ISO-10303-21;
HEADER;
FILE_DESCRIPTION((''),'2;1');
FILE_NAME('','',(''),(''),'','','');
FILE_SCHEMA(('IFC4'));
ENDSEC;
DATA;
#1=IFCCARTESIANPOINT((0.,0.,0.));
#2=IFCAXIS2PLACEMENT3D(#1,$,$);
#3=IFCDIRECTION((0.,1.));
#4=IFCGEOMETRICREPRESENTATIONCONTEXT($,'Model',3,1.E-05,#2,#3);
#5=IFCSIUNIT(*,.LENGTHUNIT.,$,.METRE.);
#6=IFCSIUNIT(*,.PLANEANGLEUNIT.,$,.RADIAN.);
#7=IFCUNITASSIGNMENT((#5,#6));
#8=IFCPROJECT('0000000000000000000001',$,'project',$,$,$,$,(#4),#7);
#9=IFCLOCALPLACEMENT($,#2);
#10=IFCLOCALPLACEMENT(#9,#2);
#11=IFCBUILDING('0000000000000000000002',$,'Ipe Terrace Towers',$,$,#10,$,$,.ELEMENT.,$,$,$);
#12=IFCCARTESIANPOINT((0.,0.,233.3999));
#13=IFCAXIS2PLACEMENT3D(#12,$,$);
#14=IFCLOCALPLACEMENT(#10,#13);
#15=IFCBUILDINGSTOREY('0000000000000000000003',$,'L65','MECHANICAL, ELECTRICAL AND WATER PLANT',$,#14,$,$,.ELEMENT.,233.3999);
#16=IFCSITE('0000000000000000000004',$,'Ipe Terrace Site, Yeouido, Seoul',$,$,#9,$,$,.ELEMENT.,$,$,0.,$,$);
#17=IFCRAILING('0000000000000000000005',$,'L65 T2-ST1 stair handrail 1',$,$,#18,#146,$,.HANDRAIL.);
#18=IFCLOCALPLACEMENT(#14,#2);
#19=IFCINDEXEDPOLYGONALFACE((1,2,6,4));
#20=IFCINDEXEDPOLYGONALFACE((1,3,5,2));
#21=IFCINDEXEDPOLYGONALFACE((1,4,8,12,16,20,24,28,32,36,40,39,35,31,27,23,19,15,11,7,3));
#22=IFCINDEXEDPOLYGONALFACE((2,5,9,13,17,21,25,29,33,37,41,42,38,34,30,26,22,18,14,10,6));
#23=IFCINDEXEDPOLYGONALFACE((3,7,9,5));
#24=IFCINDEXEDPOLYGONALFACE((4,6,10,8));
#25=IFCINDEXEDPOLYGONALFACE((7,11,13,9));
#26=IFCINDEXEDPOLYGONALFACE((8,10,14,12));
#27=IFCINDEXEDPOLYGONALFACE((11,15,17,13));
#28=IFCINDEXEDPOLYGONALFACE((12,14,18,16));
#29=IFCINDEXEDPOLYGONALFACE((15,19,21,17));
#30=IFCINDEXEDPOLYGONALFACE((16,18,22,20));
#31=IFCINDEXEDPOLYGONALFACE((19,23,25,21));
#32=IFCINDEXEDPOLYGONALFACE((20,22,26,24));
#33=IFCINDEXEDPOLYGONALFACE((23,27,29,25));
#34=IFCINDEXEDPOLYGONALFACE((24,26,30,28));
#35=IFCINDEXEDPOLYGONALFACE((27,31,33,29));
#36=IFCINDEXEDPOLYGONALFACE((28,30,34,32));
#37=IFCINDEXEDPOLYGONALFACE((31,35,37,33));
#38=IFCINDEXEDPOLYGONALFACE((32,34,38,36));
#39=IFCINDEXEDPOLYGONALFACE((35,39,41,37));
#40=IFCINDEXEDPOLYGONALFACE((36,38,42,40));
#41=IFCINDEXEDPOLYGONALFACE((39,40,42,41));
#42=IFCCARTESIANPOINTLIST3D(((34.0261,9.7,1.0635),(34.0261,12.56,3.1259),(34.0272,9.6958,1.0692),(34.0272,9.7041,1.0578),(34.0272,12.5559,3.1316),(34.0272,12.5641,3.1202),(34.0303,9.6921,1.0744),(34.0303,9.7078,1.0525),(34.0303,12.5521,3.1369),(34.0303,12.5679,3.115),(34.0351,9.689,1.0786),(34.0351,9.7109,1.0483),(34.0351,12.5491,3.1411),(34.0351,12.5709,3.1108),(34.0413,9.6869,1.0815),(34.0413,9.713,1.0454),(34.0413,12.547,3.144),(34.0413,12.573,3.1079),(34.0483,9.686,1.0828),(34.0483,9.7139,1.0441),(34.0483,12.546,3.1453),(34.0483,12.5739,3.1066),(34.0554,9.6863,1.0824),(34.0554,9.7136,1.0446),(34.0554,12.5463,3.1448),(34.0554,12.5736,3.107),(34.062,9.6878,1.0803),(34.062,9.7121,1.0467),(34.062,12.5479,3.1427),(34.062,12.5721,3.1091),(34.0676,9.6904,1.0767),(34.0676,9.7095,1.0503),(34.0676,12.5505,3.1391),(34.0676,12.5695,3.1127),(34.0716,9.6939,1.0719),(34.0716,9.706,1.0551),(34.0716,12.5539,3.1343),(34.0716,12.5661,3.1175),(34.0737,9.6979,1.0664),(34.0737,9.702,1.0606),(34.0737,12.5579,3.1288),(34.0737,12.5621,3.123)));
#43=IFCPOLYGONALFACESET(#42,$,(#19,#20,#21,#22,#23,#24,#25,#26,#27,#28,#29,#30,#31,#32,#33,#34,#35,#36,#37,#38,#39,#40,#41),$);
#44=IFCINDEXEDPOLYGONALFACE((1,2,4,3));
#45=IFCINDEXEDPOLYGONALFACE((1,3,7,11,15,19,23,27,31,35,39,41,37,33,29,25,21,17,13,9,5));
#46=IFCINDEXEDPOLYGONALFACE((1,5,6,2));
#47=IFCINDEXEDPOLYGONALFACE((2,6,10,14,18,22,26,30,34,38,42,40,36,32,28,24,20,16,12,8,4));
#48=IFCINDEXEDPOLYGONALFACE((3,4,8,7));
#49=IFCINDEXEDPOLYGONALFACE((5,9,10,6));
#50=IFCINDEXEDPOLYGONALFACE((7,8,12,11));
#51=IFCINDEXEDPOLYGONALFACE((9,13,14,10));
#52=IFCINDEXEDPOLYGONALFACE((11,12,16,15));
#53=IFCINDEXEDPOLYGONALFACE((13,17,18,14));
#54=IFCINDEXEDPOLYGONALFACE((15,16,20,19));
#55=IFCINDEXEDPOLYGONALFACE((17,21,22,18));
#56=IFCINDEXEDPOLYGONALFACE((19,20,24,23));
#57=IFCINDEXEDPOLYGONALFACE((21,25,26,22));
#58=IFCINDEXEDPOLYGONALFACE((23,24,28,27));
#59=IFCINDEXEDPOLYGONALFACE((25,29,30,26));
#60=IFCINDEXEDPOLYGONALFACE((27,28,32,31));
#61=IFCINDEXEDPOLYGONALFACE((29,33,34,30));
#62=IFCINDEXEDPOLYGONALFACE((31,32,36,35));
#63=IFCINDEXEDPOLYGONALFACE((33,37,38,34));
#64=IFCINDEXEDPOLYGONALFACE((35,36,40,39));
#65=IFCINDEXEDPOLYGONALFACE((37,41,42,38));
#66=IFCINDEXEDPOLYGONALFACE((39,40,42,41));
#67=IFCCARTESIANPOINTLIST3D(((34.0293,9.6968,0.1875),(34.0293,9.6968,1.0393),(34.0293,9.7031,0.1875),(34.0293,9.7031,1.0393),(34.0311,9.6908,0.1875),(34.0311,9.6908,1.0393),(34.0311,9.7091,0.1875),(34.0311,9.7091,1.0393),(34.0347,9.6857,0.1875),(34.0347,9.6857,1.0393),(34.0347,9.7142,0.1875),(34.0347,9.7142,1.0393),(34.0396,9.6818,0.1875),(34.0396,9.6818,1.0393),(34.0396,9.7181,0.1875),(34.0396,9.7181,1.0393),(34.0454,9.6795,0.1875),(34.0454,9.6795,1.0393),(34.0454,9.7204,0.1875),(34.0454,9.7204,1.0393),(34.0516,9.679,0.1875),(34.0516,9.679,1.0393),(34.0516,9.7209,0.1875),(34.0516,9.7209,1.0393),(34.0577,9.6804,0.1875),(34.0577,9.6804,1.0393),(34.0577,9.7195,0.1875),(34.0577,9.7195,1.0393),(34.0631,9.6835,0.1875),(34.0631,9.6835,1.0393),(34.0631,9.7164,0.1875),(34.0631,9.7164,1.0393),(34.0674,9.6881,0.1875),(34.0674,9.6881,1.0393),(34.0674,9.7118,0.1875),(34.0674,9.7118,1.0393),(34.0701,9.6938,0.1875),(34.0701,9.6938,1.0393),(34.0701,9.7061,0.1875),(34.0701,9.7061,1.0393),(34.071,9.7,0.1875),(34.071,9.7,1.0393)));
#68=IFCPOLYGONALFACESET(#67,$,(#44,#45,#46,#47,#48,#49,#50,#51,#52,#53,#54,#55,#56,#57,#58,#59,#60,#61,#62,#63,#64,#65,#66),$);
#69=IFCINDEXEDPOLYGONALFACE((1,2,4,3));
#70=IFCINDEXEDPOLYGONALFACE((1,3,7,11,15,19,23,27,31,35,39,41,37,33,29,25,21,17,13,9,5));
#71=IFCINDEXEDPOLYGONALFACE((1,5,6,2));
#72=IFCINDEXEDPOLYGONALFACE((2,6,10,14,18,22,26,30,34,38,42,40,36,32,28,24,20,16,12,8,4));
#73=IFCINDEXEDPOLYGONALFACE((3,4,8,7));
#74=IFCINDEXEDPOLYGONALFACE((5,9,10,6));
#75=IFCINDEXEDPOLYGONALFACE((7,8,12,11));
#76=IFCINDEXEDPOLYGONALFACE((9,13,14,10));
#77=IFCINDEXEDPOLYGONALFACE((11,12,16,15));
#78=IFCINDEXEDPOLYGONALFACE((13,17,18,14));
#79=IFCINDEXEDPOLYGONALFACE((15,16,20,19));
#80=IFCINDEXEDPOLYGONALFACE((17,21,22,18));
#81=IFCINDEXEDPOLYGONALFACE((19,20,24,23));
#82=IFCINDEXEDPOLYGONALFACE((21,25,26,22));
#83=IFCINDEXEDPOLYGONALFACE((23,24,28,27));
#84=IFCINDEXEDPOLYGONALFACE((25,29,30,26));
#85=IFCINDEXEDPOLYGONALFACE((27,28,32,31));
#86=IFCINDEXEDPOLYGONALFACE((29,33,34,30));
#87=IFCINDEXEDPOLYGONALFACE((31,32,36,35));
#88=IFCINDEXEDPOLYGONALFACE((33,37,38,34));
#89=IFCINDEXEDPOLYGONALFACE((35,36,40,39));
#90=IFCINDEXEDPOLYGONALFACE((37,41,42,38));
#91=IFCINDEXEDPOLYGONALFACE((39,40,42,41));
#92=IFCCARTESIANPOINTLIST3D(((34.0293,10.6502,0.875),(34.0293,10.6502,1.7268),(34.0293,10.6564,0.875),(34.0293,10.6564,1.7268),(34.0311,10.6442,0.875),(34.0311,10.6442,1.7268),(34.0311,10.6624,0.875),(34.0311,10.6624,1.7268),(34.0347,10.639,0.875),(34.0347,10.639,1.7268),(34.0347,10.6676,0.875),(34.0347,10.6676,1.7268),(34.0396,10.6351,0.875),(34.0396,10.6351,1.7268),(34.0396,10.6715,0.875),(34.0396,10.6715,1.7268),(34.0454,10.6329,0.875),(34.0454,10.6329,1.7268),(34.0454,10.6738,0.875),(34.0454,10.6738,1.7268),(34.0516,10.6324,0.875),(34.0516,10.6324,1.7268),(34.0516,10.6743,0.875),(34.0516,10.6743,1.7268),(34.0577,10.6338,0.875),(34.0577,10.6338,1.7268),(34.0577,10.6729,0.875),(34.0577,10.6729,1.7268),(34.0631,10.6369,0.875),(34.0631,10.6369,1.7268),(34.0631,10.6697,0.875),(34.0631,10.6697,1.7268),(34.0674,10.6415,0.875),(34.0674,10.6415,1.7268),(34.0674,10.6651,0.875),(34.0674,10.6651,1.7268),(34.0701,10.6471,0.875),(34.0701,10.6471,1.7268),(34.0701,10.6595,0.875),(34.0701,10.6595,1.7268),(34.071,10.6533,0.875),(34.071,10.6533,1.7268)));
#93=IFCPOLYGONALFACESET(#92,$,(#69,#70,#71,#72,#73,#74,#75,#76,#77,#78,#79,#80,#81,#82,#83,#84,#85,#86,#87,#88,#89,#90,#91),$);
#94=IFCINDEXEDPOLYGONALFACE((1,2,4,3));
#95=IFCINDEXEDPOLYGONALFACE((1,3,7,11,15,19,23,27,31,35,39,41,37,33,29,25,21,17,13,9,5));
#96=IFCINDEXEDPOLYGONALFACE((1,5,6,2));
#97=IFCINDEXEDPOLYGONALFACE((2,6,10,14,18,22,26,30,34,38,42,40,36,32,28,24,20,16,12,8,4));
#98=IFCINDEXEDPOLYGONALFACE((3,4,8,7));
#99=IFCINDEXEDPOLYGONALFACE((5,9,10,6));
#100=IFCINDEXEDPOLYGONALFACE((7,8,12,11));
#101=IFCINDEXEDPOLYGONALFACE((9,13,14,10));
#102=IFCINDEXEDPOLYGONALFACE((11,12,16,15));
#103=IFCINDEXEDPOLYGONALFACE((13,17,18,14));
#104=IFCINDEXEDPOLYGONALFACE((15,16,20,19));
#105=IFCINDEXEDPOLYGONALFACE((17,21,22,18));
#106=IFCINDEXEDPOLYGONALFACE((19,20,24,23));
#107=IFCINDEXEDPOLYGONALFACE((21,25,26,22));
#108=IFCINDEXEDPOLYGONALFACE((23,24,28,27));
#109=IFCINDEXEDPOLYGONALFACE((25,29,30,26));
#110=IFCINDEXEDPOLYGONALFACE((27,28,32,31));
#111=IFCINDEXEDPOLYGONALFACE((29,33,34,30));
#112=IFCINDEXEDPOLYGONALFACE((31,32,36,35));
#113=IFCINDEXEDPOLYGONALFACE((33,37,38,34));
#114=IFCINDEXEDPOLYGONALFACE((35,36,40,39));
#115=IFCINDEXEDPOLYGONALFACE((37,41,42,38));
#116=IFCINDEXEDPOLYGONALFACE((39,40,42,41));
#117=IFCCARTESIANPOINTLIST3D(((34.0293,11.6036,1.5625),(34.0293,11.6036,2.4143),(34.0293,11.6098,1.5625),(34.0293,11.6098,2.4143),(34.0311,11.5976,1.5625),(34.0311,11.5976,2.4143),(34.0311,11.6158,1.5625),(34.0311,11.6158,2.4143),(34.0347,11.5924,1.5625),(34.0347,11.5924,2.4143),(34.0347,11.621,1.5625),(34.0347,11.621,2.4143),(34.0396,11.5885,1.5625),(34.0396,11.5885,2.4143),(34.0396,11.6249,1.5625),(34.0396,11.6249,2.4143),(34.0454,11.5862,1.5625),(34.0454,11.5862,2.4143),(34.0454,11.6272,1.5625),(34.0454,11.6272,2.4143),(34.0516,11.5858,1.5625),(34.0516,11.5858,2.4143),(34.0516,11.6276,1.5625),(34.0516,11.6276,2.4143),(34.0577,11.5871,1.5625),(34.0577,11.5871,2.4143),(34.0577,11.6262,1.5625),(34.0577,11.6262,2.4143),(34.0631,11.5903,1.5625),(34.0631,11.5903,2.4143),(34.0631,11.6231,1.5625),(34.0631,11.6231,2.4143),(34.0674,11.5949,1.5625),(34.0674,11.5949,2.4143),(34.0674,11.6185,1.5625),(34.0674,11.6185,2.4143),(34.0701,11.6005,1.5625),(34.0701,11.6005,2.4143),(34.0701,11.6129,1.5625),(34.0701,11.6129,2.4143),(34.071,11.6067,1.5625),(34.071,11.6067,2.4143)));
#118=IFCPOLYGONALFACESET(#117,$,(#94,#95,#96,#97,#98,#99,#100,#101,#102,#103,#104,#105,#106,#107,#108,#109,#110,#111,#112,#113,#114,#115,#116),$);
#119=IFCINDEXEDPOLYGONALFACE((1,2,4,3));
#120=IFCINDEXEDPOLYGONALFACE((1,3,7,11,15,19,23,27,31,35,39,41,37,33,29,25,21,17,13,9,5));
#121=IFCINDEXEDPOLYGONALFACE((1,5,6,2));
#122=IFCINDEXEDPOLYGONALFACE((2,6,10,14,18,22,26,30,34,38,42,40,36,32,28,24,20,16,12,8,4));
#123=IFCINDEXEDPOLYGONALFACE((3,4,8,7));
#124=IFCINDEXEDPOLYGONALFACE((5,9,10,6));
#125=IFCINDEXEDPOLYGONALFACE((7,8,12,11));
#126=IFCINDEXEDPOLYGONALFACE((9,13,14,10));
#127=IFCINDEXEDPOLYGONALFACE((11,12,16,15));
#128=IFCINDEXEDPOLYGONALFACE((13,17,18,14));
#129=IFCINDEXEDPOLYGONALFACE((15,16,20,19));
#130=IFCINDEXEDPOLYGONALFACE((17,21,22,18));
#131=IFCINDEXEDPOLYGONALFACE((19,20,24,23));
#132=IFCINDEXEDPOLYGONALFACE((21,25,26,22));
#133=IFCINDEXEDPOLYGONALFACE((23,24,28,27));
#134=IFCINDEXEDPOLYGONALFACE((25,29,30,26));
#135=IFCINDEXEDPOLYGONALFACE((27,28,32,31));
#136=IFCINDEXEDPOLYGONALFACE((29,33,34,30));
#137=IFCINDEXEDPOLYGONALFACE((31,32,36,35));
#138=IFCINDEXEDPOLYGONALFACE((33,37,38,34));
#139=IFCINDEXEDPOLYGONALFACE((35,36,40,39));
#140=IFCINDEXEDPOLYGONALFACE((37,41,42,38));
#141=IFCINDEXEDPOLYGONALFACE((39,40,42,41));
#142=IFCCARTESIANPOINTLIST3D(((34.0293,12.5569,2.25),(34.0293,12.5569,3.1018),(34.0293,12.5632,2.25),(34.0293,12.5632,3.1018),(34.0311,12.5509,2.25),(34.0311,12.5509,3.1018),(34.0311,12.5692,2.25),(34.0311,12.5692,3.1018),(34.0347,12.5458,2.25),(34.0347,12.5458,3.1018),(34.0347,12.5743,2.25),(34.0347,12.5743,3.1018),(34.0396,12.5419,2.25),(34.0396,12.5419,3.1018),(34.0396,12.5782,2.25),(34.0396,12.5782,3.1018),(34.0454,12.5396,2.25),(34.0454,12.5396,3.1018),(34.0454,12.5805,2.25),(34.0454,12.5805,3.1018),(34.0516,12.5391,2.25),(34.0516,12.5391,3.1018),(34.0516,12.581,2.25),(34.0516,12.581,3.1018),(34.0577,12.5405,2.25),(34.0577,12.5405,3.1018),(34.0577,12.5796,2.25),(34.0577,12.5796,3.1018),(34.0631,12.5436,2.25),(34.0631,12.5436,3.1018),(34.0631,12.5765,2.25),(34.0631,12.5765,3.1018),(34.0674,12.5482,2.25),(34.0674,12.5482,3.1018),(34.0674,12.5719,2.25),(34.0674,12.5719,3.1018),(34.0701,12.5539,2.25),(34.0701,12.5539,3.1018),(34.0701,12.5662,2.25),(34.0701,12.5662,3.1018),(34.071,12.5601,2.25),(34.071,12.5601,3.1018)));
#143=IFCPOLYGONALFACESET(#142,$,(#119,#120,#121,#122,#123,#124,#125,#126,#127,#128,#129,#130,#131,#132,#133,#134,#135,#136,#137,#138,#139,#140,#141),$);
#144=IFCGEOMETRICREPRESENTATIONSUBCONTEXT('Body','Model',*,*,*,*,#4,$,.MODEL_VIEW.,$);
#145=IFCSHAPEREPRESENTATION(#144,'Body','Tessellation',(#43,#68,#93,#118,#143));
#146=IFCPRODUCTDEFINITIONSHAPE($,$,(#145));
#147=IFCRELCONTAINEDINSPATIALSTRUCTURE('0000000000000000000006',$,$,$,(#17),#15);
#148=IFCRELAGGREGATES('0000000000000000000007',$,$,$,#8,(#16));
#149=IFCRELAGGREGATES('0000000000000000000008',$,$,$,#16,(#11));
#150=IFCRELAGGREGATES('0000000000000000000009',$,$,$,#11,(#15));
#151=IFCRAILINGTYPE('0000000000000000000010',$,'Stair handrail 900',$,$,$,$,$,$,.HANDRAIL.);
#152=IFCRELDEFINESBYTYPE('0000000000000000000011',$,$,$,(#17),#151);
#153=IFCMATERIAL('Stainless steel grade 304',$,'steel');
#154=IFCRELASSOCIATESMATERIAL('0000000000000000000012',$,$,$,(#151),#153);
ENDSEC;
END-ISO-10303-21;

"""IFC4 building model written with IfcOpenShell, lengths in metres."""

from ifc_helpers import new_model, si_unit, direction, frame, origin, origin_2d, place, context, subcontext, project, spatial, circle, extrude, material, type_object, element, save


model = new_model("IFC4")

# Units and contexts
model_context = context("Model", 3, precision=1e-05, world=origin(), true_north=direction((0.0, 1.0)))
body_context = subcontext(model_context, "Body", "Model", "MODEL_VIEW")
ifc_project = project(units=[si_unit("LENGTHUNIT", "METRE"), si_unit("PLANEANGLEUNIT", "RADIAN")], contexts=[model_context])

# Site, building, storey
site_placement = place(None, origin())
site = spatial("IfcSite", under=ifc_project, at=site_placement, Name="Ipe Terrace Site, Yeouido, Seoul", CompositionType="ELEMENT", RefElevation=0.0)
building_placement = place(site_placement, origin())
building = spatial("IfcBuilding", under=site, at=building_placement, Name="Ipe Terrace Towers", CompositionType="ELEMENT")
storey_placement = place(building_placement, frame((0.0, 0.0, 233.3999)))
storey = spatial("IfcBuildingStorey", under=building, at=storey_placement, Name="L65", Description="MECHANICAL, ELECTRICAL AND WATER PLANT", CompositionType="ELEMENT", Elevation=233.3999)

# Railing
ifc_material_1 = material(Name="Stainless steel grade 304", Category="steel")
railing_type_1 = type_object("IfcRailingType", Name="Stair handrail 900", PredefinedType="HANDRAIL", material=ifc_material_1)
railing_1_placement = place(storey_placement, frame((34.05, 9.7, 0.1875)))
element("IfcRailing", 1, at=railing_1_placement, inside=storey, type_object=railing_type_1, Name="L65 T2-ST1 stair handrail 1", PredefinedType="HANDRAIL", context=body_context, shape_type="SweptSolid", body=[
    extrude(circle(Radius=0.0239, at=origin_2d()), frame((0.0, 0.0, 0.876), z_axis=(0.0, 0.811101, 0.584906), x_axis=(-1.0, 0.0, 0.0)), (0.0, 0.0, 1.0), 3.5261),
    extrude(circle(Radius=0.021, at=origin_2d()), origin(), (0.0, 0.0, 1.0), 0.8518),
    extrude(circle(Radius=0.021, at=origin_2d()), frame((0.0, 0.9534, 0.6875)), (0.0, 0.0, 1.0), 0.8518),
    extrude(circle(Radius=0.021, at=origin_2d()), frame((0.0, 1.9067, 1.375)), (0.0, 0.0, 1.0), 0.8518),
    extrude(circle(Radius=0.021, at=origin_2d()), frame((0.0, 2.8601, 2.0625)), (0.0, 0.0, 1.0), 0.8518),
])

save(model, "model.ifc")
